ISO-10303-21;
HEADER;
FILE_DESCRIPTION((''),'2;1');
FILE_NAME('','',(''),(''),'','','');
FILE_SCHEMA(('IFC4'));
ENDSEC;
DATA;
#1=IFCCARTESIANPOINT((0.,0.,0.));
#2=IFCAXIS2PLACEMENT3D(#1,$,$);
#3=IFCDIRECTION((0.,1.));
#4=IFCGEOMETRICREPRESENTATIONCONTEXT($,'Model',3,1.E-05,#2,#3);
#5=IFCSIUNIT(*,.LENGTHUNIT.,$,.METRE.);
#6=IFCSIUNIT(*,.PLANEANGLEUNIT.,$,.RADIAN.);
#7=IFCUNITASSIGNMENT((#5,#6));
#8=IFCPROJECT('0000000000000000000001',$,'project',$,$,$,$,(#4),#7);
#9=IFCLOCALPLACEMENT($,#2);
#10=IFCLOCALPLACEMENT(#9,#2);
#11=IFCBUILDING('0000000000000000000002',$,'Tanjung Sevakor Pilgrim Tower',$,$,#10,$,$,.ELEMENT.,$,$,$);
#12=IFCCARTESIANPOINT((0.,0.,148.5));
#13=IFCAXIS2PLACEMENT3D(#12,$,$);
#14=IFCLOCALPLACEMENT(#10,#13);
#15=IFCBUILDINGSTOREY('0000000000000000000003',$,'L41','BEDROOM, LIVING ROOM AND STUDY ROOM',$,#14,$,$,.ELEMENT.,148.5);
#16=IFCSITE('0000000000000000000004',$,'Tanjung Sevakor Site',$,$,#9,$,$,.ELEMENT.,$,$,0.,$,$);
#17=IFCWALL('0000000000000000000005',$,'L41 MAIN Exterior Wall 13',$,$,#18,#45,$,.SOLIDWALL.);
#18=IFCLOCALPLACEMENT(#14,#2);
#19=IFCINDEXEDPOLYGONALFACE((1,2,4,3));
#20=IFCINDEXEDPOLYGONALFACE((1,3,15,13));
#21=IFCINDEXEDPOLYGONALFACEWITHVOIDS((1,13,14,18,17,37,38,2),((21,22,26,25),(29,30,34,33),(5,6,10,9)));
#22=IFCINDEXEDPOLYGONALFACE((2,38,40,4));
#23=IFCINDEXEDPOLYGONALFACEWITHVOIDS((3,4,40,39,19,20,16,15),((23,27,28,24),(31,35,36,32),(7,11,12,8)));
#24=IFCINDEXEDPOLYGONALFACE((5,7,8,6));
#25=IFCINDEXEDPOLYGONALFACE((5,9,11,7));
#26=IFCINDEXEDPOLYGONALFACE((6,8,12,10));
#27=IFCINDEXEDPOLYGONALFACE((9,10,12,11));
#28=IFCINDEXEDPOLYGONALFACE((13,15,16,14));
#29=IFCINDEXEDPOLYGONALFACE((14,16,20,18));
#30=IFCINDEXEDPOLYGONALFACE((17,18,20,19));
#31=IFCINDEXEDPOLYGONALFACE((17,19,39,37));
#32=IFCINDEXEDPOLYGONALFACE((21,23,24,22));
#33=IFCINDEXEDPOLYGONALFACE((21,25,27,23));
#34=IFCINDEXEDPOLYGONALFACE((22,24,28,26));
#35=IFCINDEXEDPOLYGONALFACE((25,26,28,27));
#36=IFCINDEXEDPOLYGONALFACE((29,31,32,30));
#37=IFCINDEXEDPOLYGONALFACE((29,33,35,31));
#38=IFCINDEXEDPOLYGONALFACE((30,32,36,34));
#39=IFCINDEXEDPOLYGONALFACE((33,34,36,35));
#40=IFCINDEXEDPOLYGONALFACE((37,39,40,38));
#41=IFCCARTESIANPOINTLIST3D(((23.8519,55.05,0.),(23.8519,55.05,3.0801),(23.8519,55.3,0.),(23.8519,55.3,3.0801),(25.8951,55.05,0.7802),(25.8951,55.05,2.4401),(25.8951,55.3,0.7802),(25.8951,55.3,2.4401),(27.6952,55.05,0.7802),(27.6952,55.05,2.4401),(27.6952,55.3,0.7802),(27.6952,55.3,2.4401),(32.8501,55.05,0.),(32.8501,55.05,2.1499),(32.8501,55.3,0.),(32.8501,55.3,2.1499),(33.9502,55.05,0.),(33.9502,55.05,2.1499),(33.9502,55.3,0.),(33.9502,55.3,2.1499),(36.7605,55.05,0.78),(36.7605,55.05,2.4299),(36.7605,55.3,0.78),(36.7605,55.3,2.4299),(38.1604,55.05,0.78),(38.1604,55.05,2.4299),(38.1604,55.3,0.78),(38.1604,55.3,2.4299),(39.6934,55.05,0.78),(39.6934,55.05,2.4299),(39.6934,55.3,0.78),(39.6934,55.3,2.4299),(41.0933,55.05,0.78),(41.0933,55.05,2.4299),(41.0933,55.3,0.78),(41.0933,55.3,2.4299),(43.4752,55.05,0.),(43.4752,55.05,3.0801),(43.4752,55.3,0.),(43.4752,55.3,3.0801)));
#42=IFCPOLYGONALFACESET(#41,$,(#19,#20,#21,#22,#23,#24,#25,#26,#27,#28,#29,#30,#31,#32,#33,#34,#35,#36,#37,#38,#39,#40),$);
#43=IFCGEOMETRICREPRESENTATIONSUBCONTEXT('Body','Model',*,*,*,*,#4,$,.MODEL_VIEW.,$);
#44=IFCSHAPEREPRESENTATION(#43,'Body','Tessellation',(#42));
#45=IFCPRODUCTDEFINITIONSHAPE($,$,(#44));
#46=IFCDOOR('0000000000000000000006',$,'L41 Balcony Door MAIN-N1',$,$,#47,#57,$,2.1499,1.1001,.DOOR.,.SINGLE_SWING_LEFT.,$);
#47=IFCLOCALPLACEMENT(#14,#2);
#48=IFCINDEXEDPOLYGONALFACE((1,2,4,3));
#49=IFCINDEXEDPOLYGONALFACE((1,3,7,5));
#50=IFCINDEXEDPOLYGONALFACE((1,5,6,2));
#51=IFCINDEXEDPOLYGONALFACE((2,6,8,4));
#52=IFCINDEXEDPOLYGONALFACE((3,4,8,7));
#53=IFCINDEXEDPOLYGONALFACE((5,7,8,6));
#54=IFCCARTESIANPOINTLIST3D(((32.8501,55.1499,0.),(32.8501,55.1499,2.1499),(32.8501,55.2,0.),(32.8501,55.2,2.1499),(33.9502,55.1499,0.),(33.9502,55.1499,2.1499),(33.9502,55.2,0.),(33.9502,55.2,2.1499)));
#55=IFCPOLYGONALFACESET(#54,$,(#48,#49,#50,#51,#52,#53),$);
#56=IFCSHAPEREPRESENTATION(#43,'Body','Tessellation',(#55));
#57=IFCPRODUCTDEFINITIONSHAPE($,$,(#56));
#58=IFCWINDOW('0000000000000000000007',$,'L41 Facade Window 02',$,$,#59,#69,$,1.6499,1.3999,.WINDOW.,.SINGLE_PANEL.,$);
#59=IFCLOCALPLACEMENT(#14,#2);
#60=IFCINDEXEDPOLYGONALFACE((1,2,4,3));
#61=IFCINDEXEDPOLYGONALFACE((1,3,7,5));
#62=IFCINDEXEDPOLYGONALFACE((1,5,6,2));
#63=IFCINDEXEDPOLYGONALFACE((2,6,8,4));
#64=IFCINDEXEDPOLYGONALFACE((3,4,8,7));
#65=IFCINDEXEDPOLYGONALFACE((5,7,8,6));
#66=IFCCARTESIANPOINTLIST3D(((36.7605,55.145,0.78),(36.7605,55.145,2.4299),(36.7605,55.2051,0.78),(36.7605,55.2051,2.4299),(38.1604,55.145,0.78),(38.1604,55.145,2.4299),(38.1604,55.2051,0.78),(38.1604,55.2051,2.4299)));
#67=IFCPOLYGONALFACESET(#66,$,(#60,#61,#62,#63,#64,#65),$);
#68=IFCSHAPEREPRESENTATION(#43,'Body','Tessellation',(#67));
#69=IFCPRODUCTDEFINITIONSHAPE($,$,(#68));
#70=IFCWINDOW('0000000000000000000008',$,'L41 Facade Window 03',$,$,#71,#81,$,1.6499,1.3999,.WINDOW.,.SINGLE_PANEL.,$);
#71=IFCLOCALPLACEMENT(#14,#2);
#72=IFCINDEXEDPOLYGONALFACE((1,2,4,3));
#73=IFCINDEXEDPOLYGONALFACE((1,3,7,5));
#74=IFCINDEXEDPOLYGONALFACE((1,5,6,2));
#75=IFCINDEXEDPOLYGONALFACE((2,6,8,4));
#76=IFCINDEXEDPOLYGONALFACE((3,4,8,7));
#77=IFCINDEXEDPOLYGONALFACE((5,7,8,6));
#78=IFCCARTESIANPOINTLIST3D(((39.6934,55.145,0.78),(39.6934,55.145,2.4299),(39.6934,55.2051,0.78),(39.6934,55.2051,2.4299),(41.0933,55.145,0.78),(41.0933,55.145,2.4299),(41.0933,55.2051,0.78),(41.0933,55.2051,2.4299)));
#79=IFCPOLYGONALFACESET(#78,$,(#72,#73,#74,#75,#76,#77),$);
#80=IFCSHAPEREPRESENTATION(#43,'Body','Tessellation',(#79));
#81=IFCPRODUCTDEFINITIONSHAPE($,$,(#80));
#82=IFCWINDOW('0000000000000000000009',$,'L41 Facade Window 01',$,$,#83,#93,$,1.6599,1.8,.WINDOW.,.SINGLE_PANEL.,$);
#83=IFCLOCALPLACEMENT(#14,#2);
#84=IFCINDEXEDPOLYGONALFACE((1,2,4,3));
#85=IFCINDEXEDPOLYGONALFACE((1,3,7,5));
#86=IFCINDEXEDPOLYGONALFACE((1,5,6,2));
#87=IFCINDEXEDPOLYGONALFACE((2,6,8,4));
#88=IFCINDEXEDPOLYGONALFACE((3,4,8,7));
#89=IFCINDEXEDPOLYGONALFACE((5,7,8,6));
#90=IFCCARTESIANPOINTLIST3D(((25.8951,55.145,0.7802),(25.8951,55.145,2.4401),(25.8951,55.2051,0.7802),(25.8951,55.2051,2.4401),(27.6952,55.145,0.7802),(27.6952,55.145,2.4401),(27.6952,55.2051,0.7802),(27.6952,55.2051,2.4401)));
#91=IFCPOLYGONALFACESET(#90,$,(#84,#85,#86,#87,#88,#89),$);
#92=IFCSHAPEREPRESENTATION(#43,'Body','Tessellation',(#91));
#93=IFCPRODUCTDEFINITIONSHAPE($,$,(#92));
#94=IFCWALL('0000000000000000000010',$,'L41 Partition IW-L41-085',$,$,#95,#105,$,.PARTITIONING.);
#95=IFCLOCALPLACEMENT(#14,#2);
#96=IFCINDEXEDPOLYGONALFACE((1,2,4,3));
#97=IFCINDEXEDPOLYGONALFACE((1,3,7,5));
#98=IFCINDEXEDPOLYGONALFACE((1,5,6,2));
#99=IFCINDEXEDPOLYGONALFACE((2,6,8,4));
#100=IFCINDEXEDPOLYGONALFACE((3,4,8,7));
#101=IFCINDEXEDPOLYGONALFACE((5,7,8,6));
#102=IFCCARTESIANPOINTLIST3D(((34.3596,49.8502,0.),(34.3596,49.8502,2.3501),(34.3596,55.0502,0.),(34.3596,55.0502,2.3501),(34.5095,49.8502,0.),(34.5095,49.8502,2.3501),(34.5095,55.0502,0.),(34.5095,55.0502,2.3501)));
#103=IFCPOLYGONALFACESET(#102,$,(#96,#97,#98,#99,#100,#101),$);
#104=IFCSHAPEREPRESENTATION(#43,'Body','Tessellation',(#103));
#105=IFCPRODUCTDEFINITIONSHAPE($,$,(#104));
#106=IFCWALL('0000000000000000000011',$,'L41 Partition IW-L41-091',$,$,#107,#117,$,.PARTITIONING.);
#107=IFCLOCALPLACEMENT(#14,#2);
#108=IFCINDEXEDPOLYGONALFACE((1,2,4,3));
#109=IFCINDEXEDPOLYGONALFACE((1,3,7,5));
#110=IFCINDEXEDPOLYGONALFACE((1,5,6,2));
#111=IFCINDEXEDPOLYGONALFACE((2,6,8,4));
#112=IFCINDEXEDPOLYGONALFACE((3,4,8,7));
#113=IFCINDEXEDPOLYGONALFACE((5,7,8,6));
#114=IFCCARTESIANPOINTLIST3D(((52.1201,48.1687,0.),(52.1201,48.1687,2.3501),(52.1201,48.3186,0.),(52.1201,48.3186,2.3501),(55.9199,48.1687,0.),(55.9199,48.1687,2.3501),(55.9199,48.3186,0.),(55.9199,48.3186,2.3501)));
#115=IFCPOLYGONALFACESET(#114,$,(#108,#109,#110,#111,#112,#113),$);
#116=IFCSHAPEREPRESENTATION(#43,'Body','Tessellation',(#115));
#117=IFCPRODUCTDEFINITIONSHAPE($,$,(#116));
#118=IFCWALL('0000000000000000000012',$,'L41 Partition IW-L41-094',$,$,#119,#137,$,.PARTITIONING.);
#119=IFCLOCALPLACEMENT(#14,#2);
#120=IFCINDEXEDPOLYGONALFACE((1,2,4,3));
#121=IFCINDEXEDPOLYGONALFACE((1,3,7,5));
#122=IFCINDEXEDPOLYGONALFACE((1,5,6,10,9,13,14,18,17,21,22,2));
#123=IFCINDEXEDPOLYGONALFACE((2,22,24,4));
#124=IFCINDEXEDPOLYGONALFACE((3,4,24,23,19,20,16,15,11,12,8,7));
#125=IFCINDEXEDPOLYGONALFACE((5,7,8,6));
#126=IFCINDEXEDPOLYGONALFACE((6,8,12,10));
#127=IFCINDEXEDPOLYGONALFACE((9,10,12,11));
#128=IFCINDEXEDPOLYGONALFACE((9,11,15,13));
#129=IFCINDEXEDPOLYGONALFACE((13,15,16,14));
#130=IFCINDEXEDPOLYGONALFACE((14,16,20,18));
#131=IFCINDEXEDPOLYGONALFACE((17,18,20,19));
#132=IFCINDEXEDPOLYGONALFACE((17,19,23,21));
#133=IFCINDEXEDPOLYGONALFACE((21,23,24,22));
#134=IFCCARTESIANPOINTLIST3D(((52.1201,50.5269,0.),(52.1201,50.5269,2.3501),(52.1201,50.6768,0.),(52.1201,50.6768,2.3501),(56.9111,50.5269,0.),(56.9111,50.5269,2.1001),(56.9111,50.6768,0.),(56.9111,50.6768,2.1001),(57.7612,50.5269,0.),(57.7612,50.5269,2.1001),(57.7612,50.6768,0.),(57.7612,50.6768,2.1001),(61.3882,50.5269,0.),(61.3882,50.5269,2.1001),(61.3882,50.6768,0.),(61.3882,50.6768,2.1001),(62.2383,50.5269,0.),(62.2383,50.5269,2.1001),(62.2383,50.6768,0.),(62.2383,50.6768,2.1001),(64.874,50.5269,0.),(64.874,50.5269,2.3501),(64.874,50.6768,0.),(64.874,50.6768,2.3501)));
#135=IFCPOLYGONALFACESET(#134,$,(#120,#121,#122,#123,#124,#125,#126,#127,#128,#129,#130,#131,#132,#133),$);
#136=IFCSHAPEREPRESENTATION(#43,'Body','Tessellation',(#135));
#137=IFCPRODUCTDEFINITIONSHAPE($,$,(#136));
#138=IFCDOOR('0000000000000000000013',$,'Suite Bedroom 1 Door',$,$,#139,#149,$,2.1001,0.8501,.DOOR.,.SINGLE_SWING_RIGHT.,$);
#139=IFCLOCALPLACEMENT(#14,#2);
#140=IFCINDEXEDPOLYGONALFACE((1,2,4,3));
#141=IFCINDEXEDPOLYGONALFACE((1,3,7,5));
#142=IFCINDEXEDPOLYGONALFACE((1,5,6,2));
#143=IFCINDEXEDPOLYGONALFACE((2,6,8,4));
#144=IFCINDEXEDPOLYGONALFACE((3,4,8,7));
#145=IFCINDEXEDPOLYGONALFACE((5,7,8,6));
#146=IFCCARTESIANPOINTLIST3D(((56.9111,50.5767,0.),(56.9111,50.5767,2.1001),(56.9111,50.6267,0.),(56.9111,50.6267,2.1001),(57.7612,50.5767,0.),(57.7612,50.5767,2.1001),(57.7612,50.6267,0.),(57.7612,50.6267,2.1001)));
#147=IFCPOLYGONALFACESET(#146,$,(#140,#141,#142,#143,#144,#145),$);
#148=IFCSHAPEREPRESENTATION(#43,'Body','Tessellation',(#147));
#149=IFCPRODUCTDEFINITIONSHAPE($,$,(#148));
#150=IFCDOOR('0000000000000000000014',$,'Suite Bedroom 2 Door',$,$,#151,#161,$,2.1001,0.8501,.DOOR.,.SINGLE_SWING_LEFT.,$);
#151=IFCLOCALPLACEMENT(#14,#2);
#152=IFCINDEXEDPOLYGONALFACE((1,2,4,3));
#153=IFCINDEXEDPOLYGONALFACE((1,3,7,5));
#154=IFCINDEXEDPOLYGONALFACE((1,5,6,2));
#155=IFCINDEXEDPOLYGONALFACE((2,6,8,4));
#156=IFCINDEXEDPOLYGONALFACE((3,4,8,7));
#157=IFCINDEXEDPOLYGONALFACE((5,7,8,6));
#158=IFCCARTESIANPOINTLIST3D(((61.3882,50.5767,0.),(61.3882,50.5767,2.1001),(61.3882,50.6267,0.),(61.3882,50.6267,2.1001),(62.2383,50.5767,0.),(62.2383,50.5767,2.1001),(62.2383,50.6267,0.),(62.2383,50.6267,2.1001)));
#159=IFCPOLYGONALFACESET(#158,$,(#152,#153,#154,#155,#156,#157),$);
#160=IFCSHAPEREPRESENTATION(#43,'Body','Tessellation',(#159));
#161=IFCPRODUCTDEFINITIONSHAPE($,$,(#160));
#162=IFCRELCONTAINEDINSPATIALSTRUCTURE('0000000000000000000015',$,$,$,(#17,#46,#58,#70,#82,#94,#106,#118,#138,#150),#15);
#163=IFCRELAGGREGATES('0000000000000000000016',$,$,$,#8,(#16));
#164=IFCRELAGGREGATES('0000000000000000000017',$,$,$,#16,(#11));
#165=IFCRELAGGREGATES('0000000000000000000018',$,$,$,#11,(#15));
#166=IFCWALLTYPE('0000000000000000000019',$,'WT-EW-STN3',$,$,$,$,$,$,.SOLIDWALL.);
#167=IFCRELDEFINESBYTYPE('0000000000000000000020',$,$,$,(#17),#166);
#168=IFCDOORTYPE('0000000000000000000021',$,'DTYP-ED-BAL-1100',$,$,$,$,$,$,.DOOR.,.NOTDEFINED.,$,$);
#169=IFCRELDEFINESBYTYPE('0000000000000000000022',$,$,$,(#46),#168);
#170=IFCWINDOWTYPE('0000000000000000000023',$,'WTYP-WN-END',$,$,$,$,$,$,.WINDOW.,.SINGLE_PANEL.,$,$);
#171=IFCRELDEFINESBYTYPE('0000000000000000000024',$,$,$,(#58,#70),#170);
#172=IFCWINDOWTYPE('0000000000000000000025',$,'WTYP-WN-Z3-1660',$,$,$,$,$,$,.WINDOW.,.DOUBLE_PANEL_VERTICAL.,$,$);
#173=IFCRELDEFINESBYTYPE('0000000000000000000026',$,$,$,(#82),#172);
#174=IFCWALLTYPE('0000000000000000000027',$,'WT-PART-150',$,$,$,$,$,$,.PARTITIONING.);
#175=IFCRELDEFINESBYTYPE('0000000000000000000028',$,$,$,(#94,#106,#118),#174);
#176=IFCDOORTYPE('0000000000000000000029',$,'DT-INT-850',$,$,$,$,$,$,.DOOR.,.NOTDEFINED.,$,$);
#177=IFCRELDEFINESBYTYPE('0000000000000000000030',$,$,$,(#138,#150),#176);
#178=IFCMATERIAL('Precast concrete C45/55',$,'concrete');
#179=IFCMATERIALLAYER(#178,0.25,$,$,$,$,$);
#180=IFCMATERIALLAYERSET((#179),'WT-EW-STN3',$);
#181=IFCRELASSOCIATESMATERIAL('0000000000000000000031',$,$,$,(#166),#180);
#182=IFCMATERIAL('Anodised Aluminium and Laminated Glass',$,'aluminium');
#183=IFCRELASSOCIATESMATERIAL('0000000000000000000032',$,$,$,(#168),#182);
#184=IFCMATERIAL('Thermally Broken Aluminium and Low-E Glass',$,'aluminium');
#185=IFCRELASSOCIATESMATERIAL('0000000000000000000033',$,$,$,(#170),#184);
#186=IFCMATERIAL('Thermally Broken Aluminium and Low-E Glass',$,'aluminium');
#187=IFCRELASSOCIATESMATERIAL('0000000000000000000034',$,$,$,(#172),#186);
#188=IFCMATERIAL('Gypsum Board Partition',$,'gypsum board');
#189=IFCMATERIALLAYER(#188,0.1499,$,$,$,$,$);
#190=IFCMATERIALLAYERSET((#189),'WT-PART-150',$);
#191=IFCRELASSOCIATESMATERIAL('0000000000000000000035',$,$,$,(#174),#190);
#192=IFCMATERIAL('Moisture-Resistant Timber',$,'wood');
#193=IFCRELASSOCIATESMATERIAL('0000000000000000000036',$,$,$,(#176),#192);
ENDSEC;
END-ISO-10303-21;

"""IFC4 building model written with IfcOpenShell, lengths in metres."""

from ifc_helpers import new_model, si_unit, direction, frame, frame_2d, origin, place, context, subcontext, project, spatial, rectangle, extrude, material, layer, layer_set, type_object, element, fill, save


model = new_model("IFC4")

# Units and contexts
model_context = context("Model", 3, precision=1e-05, world=origin(), true_north=direction((0.0, 1.0)))
body_context = subcontext(model_context, "Body", "Model", "MODEL_VIEW")
ifc_project = project(units=[si_unit("LENGTHUNIT", "METRE"), si_unit("PLANEANGLEUNIT", "RADIAN")], contexts=[model_context])

# Site, building, storey
site_placement = place(None, origin())
site = spatial("IfcSite", under=ifc_project, at=site_placement, Name="Tanjung Sevakor Site", CompositionType="ELEMENT", RefElevation=0.0)
building_placement = place(site_placement, origin())
building = spatial("IfcBuilding", under=site, at=building_placement, Name="Tanjung Sevakor Pilgrim Tower", CompositionType="ELEMENT")
storey_placement = place(building_placement, frame((0.0, 0.0, 148.5)))
storey = spatial("IfcBuildingStorey", under=building, at=storey_placement, Name="L41", Description="BEDROOM, LIVING ROOM AND STUDY ROOM", CompositionType="ELEMENT", Elevation=148.5)

# Shared definitions
ifc_material_1 = material(Name="Precast concrete C45/55", Category="concrete")
ifc_layer_1 = layer(ifc_material_1, 0.25)
ifc_layer_set_1 = layer_set([ifc_layer_1], Name="WT-EW-STN3")
wall_type_1 = type_object("IfcWallType", Name="WT-EW-STN3", PredefinedType="SOLIDWALL", material=ifc_layer_set_1)

# Wall, openings, door, windows
wall_1_placement = place(storey_placement, frame((43.4751, 55.175, 0.0), z_axis=(0.0, 0.0, 1.0), x_axis=(-1.0, 0.0, 0.0)))
wall_1 = element("IfcWall", 1, at=wall_1_placement, inside=storey, type_object=wall_type_1, Name="L41 MAIN Exterior Wall 13", PredefinedType="SOLIDWALL", context=body_context, shape_type="SweptSolid", body=[
    extrude(rectangle(XDim=19.6233, YDim=0.25, at=frame_2d((9.8115, 0.0))), origin(), (0.0, 0.0, 1.0), 3.0801),
])
opening_1_placement = place(wall_1_placement, frame((9.5249, 0.0, 0.0)))
opening_1 = element("IfcOpeningElement", 2, at=opening_1_placement, cuts=wall_1, PredefinedType="OPENING", context=body_context, shape_type="SweptSolid", body=[
    extrude(rectangle(XDim=1.1001, YDim=2.1499, at=frame_2d((0.55, 1.075))), frame((0.0, 0.135, 0.0), z_axis=(0.0, -1.0, 0.0), x_axis=(1.0, 0.0, 0.0)), (0.0, 0.0, 1.0), 0.27),
])
opening_2_placement = place(wall_1_placement, frame((15.78, 0.0, 0.78)))
opening_2 = element("IfcOpeningElement", 3, at=opening_2_placement, cuts=wall_1, PredefinedType="OPENING", context=body_context, shape_type="SweptSolid", body=[
    extrude(rectangle(XDim=1.8, YDim=1.6599, at=frame_2d((0.8999, 0.8301))), frame((0.0, 0.135, 0.0), z_axis=(0.0, -1.0, 0.0), x_axis=(1.0, 0.0, 0.0)), (0.0, 0.0, 1.0), 0.27),
])
opening_3_placement = place(wall_1_placement, frame((5.3147, 0.0, 0.78)))
opening_3 = element("IfcOpeningElement", 4, at=opening_3_placement, cuts=wall_1, PredefinedType="OPENING", context=body_context, shape_type="SweptSolid", body=[
    extrude(rectangle(XDim=1.3999, YDim=1.6499, at=frame_2d((0.7, 0.825))), frame((0.0, 0.135, 0.0), z_axis=(0.0, -1.0, 0.0), x_axis=(1.0, 0.0, 0.0)), (0.0, 0.0, 1.0), 0.27),
])
opening_4_placement = place(wall_1_placement, frame((2.3818, 0.0, 0.78)))
opening_4 = element("IfcOpeningElement", 5, at=opening_4_placement, cuts=wall_1, PredefinedType="OPENING", context=body_context, shape_type="SweptSolid", body=[
    extrude(rectangle(XDim=1.3999, YDim=1.6499, at=frame_2d((0.7, 0.825))), frame((0.0, 0.135, 0.0), z_axis=(0.0, -1.0, 0.0), x_axis=(1.0, 0.0, 0.0)), (0.0, 0.0, 1.0), 0.27),
])
ifc_material_2 = material(Name="Anodised Aluminium and Laminated Glass", Category="aluminium")
door_type_1 = type_object("IfcDoorType", Name="DTYP-ED-BAL-1100", OperationType="NOTDEFINED", PredefinedType="DOOR", material=ifc_material_2)
door_1_placement = place(opening_1_placement, frame((1.1001, 0.0, 0.0), z_axis=(0.0, 0.0, 1.0), x_axis=(-1.0, 0.0, 0.0)))
door_1 = element("IfcDoor", 6, at=door_1_placement, inside=storey, type_object=door_type_1, Name="L41 Balcony Door MAIN-N1", OperationType="SINGLE_SWING_LEFT", OverallHeight=2.1499, OverallWidth=1.1001, PredefinedType="DOOR", context=body_context, shape_type="SweptSolid", body=[
    extrude(rectangle(XDim=1.1001, YDim=2.1499, at=frame_2d((0.55, 1.075))), frame((0.0, 0.0249, 0.0), z_axis=(0.0, -1.0, 0.0), x_axis=(1.0, 0.0, 0.0)), (0.0, 0.0, 1.0), 0.05),
])
fill(opening_1, door_1)
ifc_material_3 = material(Name="Thermally Broken Aluminium and Low-E Glass", Category="aluminium")
window_type_1 = type_object("IfcWindowType", Name="WTYP-WN-END", PartitioningType="SINGLE_PANEL", PredefinedType="WINDOW", material=ifc_material_3)
window_1_placement = place(opening_3_placement, origin())
window_1 = element("IfcWindow", 7, at=window_1_placement, inside=storey, type_object=window_type_1, Name="L41 Facade Window 02", OverallHeight=1.6499, OverallWidth=1.3999, PartitioningType="SINGLE_PANEL", PredefinedType="WINDOW", context=body_context, shape_type="SweptSolid", body=[
    extrude(rectangle(XDim=1.3999, YDim=1.6499, at=frame_2d((0.7, 0.825))), frame((0.0, 0.03, 0.0), z_axis=(0.0, -1.0, 0.0), x_axis=(1.0, 0.0, 0.0)), (0.0, 0.0, 1.0), 0.0601),
])
fill(opening_3, window_1)
window_2_placement = place(opening_4_placement, origin())
window_2 = element("IfcWindow", 8, at=window_2_placement, inside=storey, type_object=window_type_1, Name="L41 Facade Window 03", OverallHeight=1.6499, OverallWidth=1.3999, PartitioningType="SINGLE_PANEL", PredefinedType="WINDOW", context=body_context, shape_type="SweptSolid", body=[
    extrude(rectangle(XDim=1.3999, YDim=1.6499, at=frame_2d((0.7, 0.825))), frame((0.0, 0.03, 0.0), z_axis=(0.0, -1.0, 0.0), x_axis=(1.0, 0.0, 0.0)), (0.0, 0.0, 1.0), 0.0601),
])
fill(opening_4, window_2)
ifc_material_4 = material(Name="Thermally Broken Aluminium and Low-E Glass", Category="aluminium")
window_type_2 = type_object("IfcWindowType", Name="WTYP-WN-Z3-1660", PartitioningType="DOUBLE_PANEL_VERTICAL", PredefinedType="WINDOW", material=ifc_material_4)
window_3_placement = place(opening_2_placement, origin())
window_3 = element("IfcWindow", 9, at=window_3_placement, inside=storey, type_object=window_type_2, Name="L41 Facade Window 01", OverallHeight=1.6599, OverallWidth=1.8, PartitioningType="SINGLE_PANEL", PredefinedType="WINDOW", context=body_context, shape_type="SweptSolid", body=[
    extrude(rectangle(XDim=1.8, YDim=1.6599, at=frame_2d((0.8999, 0.8301))), frame((0.0, 0.03, 0.0), z_axis=(0.0, -1.0, 0.0), x_axis=(1.0, 0.0, 0.0)), (0.0, 0.0, 1.0), 0.0601),
])
fill(opening_2, window_3)

# Walls
ifc_material_5 = material(Name="Gypsum Board Partition", Category="gypsum board")
ifc_layer_2 = layer(ifc_material_5, 0.1499)
ifc_layer_set_2 = layer_set([ifc_layer_2], Name="WT-PART-150")
wall_type_2 = type_object("IfcWallType", Name="WT-PART-150", PredefinedType="PARTITIONING", material=ifc_layer_set_2)
wall_2_placement = place(storey_placement, frame((34.4346, 49.8501, 0.0), z_axis=(0.0, 0.0, 1.0), x_axis=(0.0, 1.0, 0.0)))
element("IfcWall", 10, at=wall_2_placement, inside=storey, type_object=wall_type_2, Name="L41 Partition IW-L41-085", PredefinedType="PARTITIONING", context=body_context, shape_type="SweptSolid", body=[
    extrude(rectangle(XDim=5.2, YDim=0.1499, at=frame_2d((2.6001, 0.0))), origin(), (0.0, 0.0, 1.0), 2.3501),
])
wall_3_placement = place(storey_placement, frame((52.1201, 48.2437, 0.0), z_axis=(0.0, 0.0, 1.0), x_axis=(1.0, 0.0, 0.0)))
element("IfcWall", 11, at=wall_3_placement, inside=storey, type_object=wall_type_2, Name="L41 Partition IW-L41-091", PredefinedType="PARTITIONING", context=body_context, shape_type="SweptSolid", body=[
    extrude(rectangle(XDim=3.7998, YDim=0.1499, at=frame_2d((1.8999, 0.0))), origin(), (0.0, 0.0, 1.0), 2.3501),
])

# Wall, openings, doors
wall_4_placement = place(storey_placement, frame((52.1201, 50.6018, 0.0), z_axis=(0.0, 0.0, 1.0), x_axis=(1.0, 0.0, 0.0)))
wall_4 = element("IfcWall", 12, at=wall_4_placement, inside=storey, type_object=wall_type_2, Name="L41 Partition IW-L41-094", PredefinedType="PARTITIONING", context=body_context, shape_type="SweptSolid", body=[
    extrude(rectangle(XDim=12.7539, YDim=0.1499, at=frame_2d((6.377, 0.0))), origin(), (0.0, 0.0, 1.0), 2.3501),
])
opening_5_placement = place(wall_4_placement, frame((4.791, 0.0, 0.0)))
opening_5 = element("IfcOpeningElement", 13, at=opening_5_placement, cuts=wall_4, PredefinedType="OPENING", context=body_context, shape_type="SweptSolid", body=[
    extrude(rectangle(XDim=0.8501, YDim=2.1001, at=frame_2d((0.425, 1.05))), frame((0.0, 0.085, 0.0), z_axis=(0.0, -1.0, 0.0), x_axis=(1.0, 0.0, 0.0)), (0.0, 0.0, 1.0), 0.1699),
])
opening_6_placement = place(wall_4_placement, frame((9.2681, 0.0, 0.0)))
opening_6 = element("IfcOpeningElement", 14, at=opening_6_placement, cuts=wall_4, PredefinedType="OPENING", context=body_context, shape_type="SweptSolid", body=[
    extrude(rectangle(XDim=0.8501, YDim=2.1001, at=frame_2d((0.425, 1.05))), frame((0.0, 0.085, 0.0), z_axis=(0.0, -1.0, 0.0), x_axis=(1.0, 0.0, 0.0)), (0.0, 0.0, 1.0), 0.1699),
])
ifc_material_6 = material(Name="Moisture-Resistant Timber", Category="wood")
door_type_2 = type_object("IfcDoorType", Name="DT-INT-850", OperationType="NOTDEFINED", PredefinedType="DOOR", material=ifc_material_6)
door_2_placement = place(opening_5_placement, origin())
door_2 = element("IfcDoor", 15, at=door_2_placement, inside=storey, type_object=door_type_2, Name="Suite Bedroom 1 Door", OperationType="SINGLE_SWING_RIGHT", OverallHeight=2.1001, OverallWidth=0.8501, PredefinedType="DOOR", context=body_context, shape_type="SweptSolid", body=[
    extrude(rectangle(XDim=0.8501, YDim=2.1001, at=frame_2d((0.425, 1.05))), frame((0.0, 0.0249, 0.0), z_axis=(0.0, -1.0, 0.0), x_axis=(1.0, 0.0, 0.0)), (0.0, 0.0, 1.0), 0.05),
])
fill(opening_5, door_2)
door_3_placement = place(opening_6_placement, origin())
door_3 = element("IfcDoor", 16, at=door_3_placement, inside=storey, type_object=door_type_2, Name="Suite Bedroom 2 Door", OperationType="SINGLE_SWING_LEFT", OverallHeight=2.1001, OverallWidth=0.8501, PredefinedType="DOOR", context=body_context, shape_type="SweptSolid", body=[
    extrude(rectangle(XDim=0.8501, YDim=2.1001, at=frame_2d((0.425, 1.05))), frame((0.0, 0.0249, 0.0), z_axis=(0.0, -1.0, 0.0), x_axis=(1.0, 0.0, 0.0)), (0.0, 0.0, 1.0), 0.05),
])
fill(opening_6, door_3)

save(model, "model.ifc")
